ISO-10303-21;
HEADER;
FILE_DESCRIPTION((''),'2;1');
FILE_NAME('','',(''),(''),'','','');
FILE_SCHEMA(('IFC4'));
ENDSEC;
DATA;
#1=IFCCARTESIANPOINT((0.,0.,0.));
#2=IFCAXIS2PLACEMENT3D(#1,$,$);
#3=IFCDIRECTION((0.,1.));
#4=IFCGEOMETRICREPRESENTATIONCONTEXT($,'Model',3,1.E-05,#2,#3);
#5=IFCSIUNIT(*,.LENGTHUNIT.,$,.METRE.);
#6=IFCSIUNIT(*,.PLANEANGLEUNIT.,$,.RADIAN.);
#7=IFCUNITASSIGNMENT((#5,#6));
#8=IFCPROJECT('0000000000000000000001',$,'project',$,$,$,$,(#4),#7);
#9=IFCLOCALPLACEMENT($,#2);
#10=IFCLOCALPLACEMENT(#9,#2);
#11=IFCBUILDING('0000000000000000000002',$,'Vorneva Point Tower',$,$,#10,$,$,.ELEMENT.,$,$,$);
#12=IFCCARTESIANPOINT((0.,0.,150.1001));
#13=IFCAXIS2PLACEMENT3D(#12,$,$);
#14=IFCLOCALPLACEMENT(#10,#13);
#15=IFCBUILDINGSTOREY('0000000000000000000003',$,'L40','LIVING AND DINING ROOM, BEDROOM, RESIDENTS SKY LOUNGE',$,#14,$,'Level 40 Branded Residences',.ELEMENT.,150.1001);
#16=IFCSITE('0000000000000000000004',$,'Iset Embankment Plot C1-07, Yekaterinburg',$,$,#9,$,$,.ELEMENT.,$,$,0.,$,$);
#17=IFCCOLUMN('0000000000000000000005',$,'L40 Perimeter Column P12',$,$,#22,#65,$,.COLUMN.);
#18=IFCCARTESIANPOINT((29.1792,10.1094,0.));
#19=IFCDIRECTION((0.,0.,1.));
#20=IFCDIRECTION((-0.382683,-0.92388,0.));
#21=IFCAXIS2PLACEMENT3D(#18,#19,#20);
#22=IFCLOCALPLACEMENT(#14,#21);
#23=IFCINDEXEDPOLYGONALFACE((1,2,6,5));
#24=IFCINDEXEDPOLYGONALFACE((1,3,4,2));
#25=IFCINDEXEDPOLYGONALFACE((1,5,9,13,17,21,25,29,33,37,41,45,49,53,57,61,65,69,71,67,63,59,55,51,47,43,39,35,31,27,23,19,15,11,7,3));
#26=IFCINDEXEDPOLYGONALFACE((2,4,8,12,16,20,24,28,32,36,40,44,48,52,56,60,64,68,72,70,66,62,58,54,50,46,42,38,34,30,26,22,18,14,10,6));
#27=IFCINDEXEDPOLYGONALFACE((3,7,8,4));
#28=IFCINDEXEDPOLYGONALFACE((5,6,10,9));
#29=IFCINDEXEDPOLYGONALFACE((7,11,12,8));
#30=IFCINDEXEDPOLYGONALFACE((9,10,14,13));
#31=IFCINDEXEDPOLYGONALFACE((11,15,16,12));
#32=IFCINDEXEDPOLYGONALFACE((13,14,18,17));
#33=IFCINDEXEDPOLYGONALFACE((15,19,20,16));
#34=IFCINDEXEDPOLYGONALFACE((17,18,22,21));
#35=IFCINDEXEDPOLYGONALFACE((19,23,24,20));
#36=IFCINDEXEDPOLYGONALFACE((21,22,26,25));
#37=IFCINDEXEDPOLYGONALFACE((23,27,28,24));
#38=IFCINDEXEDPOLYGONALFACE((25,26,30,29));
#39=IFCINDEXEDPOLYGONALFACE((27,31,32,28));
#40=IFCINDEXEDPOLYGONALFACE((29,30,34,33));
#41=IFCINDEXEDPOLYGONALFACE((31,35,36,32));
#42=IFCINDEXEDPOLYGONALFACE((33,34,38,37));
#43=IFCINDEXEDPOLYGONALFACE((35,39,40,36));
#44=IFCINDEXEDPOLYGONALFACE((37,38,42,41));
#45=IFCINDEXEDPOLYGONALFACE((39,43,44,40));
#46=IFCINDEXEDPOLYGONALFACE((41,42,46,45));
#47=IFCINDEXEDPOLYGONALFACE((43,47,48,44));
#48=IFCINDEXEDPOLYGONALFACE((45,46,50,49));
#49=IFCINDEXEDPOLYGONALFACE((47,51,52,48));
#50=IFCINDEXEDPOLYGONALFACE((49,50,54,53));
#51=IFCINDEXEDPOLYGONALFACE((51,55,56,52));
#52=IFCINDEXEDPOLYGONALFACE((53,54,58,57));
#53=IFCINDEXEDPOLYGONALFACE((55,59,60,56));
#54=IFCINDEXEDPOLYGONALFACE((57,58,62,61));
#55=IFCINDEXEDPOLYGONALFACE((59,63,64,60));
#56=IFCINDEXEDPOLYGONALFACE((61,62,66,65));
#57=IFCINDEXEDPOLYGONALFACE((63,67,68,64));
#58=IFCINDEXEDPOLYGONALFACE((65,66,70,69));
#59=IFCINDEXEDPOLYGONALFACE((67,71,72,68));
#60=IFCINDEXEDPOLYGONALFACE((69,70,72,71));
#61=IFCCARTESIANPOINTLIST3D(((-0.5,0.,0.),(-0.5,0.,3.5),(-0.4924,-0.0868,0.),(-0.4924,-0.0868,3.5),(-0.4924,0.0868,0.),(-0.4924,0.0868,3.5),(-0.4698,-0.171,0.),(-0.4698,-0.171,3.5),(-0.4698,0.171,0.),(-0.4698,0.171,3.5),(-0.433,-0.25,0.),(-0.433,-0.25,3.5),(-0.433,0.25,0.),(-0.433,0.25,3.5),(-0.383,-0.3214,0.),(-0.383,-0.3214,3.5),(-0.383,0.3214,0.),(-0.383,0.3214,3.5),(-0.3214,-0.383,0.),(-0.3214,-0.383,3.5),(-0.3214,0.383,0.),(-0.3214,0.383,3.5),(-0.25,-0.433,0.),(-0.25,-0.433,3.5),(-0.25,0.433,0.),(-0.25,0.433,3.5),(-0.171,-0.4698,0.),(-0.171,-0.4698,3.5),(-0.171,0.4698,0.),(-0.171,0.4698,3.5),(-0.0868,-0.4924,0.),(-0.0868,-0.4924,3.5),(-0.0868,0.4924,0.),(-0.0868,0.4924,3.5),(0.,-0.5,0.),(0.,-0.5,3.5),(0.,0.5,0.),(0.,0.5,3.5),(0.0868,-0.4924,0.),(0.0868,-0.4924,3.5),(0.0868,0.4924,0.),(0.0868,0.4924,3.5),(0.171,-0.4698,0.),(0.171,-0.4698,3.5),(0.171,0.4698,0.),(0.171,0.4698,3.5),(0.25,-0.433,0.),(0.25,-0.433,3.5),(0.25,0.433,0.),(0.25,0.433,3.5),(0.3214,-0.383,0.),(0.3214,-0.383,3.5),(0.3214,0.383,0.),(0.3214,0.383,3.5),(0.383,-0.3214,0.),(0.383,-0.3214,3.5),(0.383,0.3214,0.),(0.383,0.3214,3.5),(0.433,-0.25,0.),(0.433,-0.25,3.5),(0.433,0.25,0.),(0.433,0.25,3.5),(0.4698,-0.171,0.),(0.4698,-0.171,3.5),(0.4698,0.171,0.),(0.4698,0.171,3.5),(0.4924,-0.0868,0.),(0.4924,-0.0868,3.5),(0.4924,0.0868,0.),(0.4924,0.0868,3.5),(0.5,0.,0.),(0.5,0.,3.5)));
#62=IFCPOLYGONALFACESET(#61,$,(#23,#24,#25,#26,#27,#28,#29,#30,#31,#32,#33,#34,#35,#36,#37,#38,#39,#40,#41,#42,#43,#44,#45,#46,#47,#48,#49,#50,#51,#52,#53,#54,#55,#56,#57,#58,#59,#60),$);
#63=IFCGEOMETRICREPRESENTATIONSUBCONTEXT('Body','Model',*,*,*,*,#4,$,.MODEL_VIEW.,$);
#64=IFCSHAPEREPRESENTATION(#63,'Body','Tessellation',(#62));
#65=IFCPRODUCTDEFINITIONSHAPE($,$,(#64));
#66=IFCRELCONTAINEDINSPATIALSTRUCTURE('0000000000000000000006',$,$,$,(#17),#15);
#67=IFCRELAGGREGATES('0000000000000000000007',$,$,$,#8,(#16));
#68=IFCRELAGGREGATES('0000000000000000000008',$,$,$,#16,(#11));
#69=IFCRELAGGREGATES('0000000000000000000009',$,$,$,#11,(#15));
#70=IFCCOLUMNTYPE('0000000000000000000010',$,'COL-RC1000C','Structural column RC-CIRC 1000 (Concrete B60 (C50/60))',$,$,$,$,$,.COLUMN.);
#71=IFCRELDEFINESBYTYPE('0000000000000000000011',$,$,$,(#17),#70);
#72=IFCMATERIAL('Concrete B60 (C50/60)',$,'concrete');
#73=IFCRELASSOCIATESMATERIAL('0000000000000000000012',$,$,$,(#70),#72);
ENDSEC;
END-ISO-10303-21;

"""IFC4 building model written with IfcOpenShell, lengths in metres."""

from ifc_helpers import new_model, si_unit, direction, frame, origin, origin_2d, place, context, subcontext, project, spatial, circle, extrude, material, material_profile, profile_set, type_object, element, save


model = new_model("IFC4")

# Units and contexts
model_context = context("Model", 3, precision=1e-05, world=origin(), true_north=direction((0.0, 1.0)))
body_context = subcontext(model_context, "Body", "Model", "MODEL_VIEW")
ifc_project = project(units=[si_unit("LENGTHUNIT", "METRE"), si_unit("PLANEANGLEUNIT", "RADIAN")], contexts=[model_context])

# Site, building, storey
site_placement = place(None, origin())
site = spatial("IfcSite", under=ifc_project, at=site_placement, Name="Iset Embankment Plot C1-07, Yekaterinburg", CompositionType="ELEMENT", RefElevation=0.0)
building_placement = place(site_placement, origin())
building = spatial("IfcBuilding", under=site, at=building_placement, Name="Vorneva Point Tower", CompositionType="ELEMENT")
storey_placement = place(building_placement, frame((0.0, 0.0, 150.1001)))
storey = spatial("IfcBuildingStorey", under=building, at=storey_placement, Name="L40", Description="LIVING AND DINING ROOM, BEDROOM, RESIDENTS SKY LOUNGE", LongName="Level 40 Branded Residences", CompositionType="ELEMENT", Elevation=150.1001)

# Column
ifc_material_1 = material(Name="Concrete B60 (C50/60)", Category="concrete")
ifc_material_profile_1 = material_profile(ifc_material_1, circle(Radius=0.5, at=origin_2d()), Name="RC-CIRC 1000")
ifc_profile_set_1 = profile_set([ifc_material_profile_1], Name="Concrete B60 (C50/60)")
column_type = type_object("IfcColumnType", Name="COL-RC1000C", Description="Structural column RC-CIRC 1000 (Concrete B60 (C50/60))", PredefinedType="COLUMN", material=ifc_profile_set_1)
column_placement = place(storey_placement, frame((29.1792, 10.1094, 0.0), z_axis=(0.0, 0.0, 1.0), x_axis=(-0.382683, -0.92388, 0.0)))
element("IfcColumn", 1, at=column_placement, inside=storey, type_object=column_type, Name="L40 Perimeter Column P12", PredefinedType="COLUMN", context=body_context, shape_type="SweptSolid", body=[
    extrude(circle(Radius=0.5, at=origin_2d()), origin(), (0.0, 0.0, 1.0), 3.5),
])

save(model, "model.ifc")
